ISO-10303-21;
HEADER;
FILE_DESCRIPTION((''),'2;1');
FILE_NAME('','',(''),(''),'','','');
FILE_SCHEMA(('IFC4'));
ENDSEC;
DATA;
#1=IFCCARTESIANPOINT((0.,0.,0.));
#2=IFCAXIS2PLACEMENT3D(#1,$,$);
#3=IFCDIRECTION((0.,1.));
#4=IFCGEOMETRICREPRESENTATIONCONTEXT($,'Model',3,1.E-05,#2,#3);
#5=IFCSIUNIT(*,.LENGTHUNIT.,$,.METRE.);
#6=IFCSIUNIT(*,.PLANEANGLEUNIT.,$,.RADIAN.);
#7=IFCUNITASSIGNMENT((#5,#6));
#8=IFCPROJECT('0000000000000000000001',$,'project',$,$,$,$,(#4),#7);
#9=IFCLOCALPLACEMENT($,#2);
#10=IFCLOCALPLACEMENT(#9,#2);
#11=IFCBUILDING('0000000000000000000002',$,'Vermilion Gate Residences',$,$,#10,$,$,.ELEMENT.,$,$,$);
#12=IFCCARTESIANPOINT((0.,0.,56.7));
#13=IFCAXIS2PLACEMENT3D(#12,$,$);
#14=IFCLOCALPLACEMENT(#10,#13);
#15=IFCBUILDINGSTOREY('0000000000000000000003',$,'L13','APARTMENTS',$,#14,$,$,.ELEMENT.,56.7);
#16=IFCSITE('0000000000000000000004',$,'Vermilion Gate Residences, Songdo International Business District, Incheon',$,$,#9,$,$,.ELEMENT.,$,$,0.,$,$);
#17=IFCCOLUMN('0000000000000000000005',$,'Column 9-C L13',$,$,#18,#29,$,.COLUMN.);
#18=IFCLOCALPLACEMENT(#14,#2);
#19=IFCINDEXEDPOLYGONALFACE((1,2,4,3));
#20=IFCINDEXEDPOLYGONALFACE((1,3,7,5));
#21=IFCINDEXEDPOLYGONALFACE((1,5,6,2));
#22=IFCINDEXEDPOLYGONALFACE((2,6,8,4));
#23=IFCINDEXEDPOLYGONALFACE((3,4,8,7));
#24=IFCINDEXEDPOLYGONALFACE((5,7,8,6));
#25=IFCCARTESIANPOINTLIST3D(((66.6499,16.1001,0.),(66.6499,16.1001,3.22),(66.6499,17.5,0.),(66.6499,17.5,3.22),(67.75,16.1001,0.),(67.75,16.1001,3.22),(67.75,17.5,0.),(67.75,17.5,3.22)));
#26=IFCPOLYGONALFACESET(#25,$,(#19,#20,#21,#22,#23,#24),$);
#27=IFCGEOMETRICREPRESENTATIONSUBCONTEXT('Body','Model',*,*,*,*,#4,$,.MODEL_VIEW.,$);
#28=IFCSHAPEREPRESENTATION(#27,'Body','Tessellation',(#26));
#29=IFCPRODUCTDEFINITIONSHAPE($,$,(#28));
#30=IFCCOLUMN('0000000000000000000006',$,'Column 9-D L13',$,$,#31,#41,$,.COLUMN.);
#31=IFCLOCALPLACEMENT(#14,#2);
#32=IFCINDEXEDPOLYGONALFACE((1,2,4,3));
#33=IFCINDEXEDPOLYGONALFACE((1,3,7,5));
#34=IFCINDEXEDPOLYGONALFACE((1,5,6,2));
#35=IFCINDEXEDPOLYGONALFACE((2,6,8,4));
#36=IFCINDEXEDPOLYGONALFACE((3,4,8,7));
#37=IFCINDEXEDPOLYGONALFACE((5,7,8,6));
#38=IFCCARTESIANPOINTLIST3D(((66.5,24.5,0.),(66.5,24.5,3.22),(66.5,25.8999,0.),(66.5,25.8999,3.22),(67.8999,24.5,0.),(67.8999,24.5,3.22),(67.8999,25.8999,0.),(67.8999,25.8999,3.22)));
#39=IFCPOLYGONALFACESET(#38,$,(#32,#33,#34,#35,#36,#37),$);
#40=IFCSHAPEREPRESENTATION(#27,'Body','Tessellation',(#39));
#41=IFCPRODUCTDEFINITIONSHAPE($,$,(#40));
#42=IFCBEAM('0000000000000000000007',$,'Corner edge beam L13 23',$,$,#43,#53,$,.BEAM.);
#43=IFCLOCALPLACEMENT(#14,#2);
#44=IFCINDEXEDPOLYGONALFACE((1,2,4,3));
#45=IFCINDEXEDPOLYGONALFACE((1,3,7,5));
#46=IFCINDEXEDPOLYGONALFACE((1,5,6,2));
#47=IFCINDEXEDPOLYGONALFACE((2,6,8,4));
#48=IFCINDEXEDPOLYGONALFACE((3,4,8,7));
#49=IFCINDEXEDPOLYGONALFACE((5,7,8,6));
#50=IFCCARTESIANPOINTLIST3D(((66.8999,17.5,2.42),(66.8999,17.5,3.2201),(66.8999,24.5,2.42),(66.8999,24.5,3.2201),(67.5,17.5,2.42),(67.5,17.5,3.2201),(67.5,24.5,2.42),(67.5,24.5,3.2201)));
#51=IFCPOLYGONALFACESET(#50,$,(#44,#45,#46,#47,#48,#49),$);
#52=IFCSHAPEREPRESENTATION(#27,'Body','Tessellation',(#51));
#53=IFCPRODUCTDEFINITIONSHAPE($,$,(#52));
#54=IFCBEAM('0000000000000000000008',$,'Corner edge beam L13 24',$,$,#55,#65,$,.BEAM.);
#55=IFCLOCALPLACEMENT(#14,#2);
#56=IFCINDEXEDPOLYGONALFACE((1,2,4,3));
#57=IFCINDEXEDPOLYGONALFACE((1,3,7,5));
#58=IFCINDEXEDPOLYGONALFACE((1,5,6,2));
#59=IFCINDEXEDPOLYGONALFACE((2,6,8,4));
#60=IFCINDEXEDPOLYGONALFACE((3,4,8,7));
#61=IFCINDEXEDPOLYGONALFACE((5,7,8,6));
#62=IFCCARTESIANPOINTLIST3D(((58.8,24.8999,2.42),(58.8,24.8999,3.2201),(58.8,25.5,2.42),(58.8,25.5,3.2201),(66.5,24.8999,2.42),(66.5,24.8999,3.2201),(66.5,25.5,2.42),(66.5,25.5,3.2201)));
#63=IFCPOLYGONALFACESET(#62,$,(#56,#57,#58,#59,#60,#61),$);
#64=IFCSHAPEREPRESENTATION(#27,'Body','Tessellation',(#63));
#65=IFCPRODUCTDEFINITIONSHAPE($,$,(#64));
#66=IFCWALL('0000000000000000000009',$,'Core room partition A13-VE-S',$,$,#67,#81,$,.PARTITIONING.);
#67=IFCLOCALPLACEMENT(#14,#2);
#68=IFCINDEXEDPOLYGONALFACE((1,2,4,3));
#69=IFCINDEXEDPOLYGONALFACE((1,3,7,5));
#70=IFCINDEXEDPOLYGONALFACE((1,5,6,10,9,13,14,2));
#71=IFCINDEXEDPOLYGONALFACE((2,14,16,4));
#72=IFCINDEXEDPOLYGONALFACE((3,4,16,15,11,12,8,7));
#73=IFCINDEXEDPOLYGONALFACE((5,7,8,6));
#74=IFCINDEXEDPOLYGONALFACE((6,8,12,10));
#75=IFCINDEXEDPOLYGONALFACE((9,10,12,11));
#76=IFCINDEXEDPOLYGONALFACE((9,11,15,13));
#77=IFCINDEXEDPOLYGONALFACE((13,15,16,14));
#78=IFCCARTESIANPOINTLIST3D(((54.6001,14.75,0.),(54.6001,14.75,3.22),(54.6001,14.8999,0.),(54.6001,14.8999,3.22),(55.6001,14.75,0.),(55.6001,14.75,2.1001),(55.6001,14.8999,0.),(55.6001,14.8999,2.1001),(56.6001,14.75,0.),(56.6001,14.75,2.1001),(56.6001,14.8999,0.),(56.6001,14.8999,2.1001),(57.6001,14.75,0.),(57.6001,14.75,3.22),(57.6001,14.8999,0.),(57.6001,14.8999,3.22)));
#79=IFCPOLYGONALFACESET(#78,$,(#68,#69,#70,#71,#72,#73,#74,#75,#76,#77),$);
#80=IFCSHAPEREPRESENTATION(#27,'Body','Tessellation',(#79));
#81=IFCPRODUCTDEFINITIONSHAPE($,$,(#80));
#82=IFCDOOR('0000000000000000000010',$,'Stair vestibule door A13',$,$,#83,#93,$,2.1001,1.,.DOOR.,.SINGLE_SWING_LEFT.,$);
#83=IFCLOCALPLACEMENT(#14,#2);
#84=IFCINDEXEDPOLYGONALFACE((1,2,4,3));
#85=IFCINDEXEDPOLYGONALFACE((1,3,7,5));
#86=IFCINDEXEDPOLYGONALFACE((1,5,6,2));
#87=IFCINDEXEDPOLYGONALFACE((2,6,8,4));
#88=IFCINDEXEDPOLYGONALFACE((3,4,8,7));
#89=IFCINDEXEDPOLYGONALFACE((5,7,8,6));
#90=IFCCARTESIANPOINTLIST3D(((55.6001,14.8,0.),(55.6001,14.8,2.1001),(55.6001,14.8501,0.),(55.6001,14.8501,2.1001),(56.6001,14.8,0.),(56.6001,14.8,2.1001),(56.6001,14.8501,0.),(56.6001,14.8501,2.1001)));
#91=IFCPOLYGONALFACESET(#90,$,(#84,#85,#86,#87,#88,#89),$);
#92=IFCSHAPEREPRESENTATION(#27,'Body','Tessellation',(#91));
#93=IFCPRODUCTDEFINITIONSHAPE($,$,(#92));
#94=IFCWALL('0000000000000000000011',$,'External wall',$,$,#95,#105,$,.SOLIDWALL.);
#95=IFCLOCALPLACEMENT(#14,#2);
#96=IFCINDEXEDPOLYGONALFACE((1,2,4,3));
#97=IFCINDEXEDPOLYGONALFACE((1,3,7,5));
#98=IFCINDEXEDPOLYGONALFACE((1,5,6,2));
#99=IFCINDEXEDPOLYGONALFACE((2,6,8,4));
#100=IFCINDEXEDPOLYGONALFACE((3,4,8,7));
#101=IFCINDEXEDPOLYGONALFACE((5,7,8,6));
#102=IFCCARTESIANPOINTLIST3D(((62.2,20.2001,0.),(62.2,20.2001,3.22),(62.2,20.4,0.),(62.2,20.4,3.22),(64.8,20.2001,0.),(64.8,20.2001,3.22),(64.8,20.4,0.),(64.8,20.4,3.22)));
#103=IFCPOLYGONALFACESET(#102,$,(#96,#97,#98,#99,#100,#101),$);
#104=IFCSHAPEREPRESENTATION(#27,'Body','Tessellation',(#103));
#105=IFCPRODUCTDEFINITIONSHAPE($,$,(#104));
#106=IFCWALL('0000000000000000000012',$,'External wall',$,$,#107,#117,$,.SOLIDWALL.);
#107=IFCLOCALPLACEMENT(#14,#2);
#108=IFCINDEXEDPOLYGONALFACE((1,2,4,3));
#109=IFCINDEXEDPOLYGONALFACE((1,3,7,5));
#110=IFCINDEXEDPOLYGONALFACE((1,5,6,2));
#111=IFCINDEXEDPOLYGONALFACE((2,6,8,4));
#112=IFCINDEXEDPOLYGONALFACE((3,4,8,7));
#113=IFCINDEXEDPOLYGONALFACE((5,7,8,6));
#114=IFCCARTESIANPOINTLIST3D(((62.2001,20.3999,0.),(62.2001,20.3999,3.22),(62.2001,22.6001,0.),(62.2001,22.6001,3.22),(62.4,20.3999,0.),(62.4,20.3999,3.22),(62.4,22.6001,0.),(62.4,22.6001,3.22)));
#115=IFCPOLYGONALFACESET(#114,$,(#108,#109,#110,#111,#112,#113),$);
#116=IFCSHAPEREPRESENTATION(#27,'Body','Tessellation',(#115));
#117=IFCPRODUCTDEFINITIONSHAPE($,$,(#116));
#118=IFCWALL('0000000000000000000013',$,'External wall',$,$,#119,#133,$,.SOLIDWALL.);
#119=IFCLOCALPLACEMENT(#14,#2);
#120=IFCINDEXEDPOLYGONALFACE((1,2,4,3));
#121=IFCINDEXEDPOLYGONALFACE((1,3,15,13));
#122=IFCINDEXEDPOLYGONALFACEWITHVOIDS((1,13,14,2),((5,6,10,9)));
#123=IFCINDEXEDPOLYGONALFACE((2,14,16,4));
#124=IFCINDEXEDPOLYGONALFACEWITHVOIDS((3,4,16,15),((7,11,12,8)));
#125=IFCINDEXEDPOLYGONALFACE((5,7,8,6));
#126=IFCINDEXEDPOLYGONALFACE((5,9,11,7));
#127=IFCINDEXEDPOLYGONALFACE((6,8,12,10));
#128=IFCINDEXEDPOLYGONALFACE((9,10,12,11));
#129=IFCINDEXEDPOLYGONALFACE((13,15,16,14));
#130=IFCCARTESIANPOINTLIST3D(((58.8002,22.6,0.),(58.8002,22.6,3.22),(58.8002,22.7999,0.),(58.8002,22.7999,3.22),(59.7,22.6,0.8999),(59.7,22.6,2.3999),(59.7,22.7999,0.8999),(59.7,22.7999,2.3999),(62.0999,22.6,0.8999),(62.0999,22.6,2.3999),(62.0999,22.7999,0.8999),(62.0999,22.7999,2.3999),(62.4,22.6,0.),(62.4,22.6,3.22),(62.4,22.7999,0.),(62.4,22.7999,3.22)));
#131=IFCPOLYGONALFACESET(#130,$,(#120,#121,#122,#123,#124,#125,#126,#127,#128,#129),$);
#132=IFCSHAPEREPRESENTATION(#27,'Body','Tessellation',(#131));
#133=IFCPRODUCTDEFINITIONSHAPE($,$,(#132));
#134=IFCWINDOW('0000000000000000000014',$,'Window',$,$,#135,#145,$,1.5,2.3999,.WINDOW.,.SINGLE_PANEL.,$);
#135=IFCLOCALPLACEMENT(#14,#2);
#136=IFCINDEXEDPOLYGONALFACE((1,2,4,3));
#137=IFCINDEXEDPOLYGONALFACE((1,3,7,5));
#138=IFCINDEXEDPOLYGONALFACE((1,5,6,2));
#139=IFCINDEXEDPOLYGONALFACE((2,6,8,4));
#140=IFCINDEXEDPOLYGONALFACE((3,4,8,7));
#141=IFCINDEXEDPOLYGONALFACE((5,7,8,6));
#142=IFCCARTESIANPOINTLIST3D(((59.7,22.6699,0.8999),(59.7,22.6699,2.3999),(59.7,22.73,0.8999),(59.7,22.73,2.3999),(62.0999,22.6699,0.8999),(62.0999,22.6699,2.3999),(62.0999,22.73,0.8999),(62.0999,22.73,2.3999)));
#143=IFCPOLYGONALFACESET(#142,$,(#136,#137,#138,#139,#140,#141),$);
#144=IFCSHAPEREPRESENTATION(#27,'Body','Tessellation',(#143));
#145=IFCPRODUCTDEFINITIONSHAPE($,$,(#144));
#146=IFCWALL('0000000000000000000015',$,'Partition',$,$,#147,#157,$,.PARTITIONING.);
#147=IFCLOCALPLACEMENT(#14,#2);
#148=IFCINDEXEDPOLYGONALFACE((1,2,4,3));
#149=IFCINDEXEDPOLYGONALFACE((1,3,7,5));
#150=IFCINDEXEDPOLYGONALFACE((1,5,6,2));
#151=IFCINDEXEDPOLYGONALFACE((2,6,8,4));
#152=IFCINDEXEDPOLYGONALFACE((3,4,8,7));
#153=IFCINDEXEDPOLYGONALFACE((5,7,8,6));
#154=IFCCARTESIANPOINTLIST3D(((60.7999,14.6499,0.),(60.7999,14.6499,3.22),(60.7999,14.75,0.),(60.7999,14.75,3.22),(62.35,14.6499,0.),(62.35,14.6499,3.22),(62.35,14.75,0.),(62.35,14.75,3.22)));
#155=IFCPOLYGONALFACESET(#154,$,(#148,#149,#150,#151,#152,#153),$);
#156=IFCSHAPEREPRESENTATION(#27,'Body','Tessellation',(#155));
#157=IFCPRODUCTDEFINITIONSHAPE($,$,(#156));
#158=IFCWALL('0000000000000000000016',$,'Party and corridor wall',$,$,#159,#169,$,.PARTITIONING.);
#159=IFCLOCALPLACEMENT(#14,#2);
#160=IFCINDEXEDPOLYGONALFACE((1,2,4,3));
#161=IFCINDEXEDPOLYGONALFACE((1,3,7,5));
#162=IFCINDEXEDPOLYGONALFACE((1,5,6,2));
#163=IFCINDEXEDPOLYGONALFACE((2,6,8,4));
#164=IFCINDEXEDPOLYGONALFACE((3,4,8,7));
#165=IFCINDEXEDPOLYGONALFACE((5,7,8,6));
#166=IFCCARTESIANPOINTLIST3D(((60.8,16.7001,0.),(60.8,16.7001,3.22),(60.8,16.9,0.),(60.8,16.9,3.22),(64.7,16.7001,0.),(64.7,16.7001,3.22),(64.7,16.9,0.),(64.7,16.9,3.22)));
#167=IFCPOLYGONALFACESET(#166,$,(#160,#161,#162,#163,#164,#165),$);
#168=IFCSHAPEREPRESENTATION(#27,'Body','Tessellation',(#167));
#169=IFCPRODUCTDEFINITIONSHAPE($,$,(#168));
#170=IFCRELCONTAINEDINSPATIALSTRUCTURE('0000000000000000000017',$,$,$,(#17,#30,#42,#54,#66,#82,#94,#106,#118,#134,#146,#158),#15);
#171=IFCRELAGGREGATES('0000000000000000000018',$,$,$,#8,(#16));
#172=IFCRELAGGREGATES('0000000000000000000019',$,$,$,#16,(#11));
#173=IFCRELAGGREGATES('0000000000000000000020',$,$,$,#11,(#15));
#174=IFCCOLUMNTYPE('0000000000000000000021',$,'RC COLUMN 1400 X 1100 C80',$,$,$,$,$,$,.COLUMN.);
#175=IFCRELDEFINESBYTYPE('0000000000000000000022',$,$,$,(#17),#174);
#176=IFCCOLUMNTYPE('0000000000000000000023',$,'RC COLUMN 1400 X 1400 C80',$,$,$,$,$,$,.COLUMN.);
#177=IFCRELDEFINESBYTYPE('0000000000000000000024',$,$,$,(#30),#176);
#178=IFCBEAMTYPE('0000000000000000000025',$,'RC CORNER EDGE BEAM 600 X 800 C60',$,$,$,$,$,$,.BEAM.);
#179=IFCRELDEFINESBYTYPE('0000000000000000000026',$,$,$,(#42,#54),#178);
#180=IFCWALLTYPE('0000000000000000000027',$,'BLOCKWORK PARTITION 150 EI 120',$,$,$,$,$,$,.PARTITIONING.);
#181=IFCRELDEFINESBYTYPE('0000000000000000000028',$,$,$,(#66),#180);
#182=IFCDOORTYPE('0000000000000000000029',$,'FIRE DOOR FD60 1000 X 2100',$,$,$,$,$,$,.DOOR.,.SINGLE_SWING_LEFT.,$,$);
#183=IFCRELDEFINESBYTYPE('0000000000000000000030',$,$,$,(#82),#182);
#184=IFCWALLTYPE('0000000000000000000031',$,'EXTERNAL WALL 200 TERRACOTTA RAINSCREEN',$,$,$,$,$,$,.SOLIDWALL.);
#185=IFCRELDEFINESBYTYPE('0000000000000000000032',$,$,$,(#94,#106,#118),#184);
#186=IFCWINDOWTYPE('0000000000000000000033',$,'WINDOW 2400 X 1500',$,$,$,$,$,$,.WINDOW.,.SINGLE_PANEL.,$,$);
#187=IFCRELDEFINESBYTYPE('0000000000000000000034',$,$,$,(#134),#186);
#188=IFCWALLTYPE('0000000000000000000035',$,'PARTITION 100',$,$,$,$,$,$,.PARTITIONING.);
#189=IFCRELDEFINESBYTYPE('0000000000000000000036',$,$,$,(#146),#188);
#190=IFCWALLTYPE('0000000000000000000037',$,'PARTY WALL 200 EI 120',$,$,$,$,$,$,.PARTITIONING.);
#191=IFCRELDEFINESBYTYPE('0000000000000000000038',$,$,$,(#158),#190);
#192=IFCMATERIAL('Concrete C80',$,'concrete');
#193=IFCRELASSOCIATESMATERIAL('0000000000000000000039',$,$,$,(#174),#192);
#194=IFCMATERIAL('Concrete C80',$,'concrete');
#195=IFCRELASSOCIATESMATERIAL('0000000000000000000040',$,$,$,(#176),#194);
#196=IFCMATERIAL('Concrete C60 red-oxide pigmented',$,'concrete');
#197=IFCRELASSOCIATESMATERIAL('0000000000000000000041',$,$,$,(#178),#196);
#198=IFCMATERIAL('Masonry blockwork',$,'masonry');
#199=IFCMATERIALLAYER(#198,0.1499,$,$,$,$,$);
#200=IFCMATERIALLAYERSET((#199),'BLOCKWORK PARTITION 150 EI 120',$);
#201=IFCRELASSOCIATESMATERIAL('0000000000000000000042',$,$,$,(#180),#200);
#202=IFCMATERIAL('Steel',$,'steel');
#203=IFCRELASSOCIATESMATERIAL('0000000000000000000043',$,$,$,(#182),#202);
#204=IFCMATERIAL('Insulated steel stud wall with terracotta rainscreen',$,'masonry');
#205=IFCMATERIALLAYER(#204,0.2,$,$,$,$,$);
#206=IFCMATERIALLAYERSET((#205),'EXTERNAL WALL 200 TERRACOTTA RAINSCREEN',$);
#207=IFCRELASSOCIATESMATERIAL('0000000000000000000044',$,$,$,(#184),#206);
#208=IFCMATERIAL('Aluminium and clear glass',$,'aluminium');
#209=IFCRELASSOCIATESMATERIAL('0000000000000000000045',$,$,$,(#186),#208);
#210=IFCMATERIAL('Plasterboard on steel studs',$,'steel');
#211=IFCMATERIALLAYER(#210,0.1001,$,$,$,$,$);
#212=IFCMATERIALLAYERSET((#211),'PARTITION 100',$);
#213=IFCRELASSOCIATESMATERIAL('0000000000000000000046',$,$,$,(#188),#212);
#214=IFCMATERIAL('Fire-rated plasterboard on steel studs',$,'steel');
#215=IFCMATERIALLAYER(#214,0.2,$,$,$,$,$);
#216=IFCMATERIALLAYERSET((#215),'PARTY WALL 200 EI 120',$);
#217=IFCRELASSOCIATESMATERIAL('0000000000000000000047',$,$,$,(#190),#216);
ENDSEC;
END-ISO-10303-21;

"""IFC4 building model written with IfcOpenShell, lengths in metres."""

from ifc_helpers import new_model, si_unit, direction, frame, frame_2d, origin, origin_2d, place, context, subcontext, project, spatial, rectangle, extrude, material, layer, layer_set, material_profile, profile_set, type_object, element, fill, save


model = new_model("IFC4")

# Units and contexts
model_context = context("Model", 3, precision=1e-05, world=origin(), true_north=direction((0.0, 1.0)))
body_context = subcontext(model_context, "Body", "Model", "MODEL_VIEW")
ifc_project = project(units=[si_unit("LENGTHUNIT", "METRE"), si_unit("PLANEANGLEUNIT", "RADIAN")], contexts=[model_context])

# Site, building, storey
site_placement = place(None, origin())
site = spatial("IfcSite", under=ifc_project, at=site_placement, Name="Vermilion Gate Residences, Songdo International Business District, Incheon", CompositionType="ELEMENT", RefElevation=0.0)
building_placement = place(site_placement, origin())
building = spatial("IfcBuilding", under=site, at=building_placement, Name="Vermilion Gate Residences", CompositionType="ELEMENT")
storey_placement = place(building_placement, frame((0.0, 0.0, 56.7)))
storey = spatial("IfcBuildingStorey", under=building, at=storey_placement, Name="L13", Description="APARTMENTS", CompositionType="ELEMENT", Elevation=56.7)

# Columns
ifc_material_1 = material(Name="Concrete C80", Category="concrete")
ifc_material_profile_1 = material_profile(ifc_material_1, rectangle(XDim=1.3999, YDim=1.1001, at=origin_2d()), Name="RC-1400x1100")
ifc_profile_set_1 = profile_set([ifc_material_profile_1], Name="Concrete C80")
column_type_1 = type_object("IfcColumnType", Name="RC COLUMN 1400 X 1100 C80", PredefinedType="COLUMN", material=ifc_profile_set_1)
column_1_placement = place(storey_placement, frame((67.2, 16.8, 0.0), z_axis=(0.0, 0.0, 1.0), x_axis=(0.0, 1.0, 0.0)))
element("IfcColumn", 1, at=column_1_placement, inside=storey, type_object=column_type_1, Name="Column 9-C L13", PredefinedType="COLUMN", context=body_context, shape_type="SweptSolid", body=[
    extrude(rectangle(XDim=1.3999, YDim=1.1001, at=origin_2d()), origin(), (0.0, 0.0, 1.0), 3.22),
])
ifc_material_2 = material(Name="Concrete C80", Category="concrete")
ifc_material_profile_2 = material_profile(ifc_material_2, rectangle(XDim=1.3999, YDim=1.3999, at=origin_2d()), Name="RC-1400x1400")
ifc_profile_set_2 = profile_set([ifc_material_profile_2], Name="Concrete C80")
column_type_2 = type_object("IfcColumnType", Name="RC COLUMN 1400 X 1400 C80", PredefinedType="COLUMN", material=ifc_profile_set_2)
column_2_placement = place(storey_placement, frame((67.2, 25.2, 0.0), z_axis=(0.0, 0.0, 1.0), x_axis=(1.0, 0.0, 0.0)))
element("IfcColumn", 2, at=column_2_placement, inside=storey, type_object=column_type_2, Name="Column 9-D L13", PredefinedType="COLUMN", context=body_context, shape_type="SweptSolid", body=[
    extrude(rectangle(XDim=1.3999, YDim=1.3999, at=origin_2d()), origin(), (0.0, 0.0, 1.0), 3.22),
])

# Beams
ifc_material_3 = material(Name="Concrete C60 red-oxide pigmented", Category="concrete")
ifc_material_profile_3 = material_profile(ifc_material_3, rectangle(XDim=0.6001, YDim=0.8, at=origin_2d()), Name="RC-600x800")
ifc_profile_set_3 = profile_set([ifc_material_profile_3], Name="Concrete C60 red-oxide pigmented")
beam_type = type_object("IfcBeamType", Name="RC CORNER EDGE BEAM 600 X 800 C60", PredefinedType="BEAM", material=ifc_profile_set_3)
beam_1_placement = place(storey_placement, frame((67.2, 17.5, 2.8201), z_axis=(0.0, 1.0, 0.0), x_axis=(-1.0, 0.0, 0.0)))
element("IfcBeam", 3, at=beam_1_placement, inside=storey, type_object=beam_type, Name="Corner edge beam L13 23", PredefinedType="BEAM", context=body_context, shape_type="SweptSolid", body=[
    extrude(rectangle(XDim=0.6001, YDim=0.8, at=origin_2d()), origin(), (0.0, 0.0, 1.0), 7.0),
])
beam_2_placement = place(storey_placement, frame((58.8, 25.2, 2.8201), z_axis=(1.0, 0.0, 0.0), x_axis=(0.0, 1.0, 0.0)))
element("IfcBeam", 4, at=beam_2_placement, inside=storey, type_object=beam_type, Name="Corner edge beam L13 24", PredefinedType="BEAM", context=body_context, shape_type="SweptSolid", body=[
    extrude(rectangle(XDim=0.6001, YDim=0.8, at=origin_2d()), origin(), (0.0, 0.0, 1.0), 7.7),
])

# Wall, opening, door
ifc_material_4 = material(Name="Masonry blockwork", Category="masonry")
ifc_layer_1 = layer(ifc_material_4, 0.1499)
ifc_layer_set_1 = layer_set([ifc_layer_1], Name="BLOCKWORK PARTITION 150 EI 120")
wall_type_1 = type_object("IfcWallType", Name="BLOCKWORK PARTITION 150 EI 120", PredefinedType="PARTITIONING", material=ifc_layer_set_1)
wall_1_placement = place(storey_placement, frame((54.6001, 14.825, 0.0), z_axis=(0.0, 0.0, 1.0), x_axis=(1.0, 0.0, 0.0)))
wall_1 = element("IfcWall", 5, at=wall_1_placement, inside=storey, type_object=wall_type_1, Name="Core room partition A13-VE-S", PredefinedType="PARTITIONING", context=body_context, shape_type="SweptSolid", body=[
    extrude(rectangle(XDim=3.0, YDim=0.1499, at=frame_2d((1.5, 0.0))), origin(), (0.0, 0.0, 1.0), 3.22),
])
opening_1_placement = place(wall_1_placement, frame((1.0, 0.0, 0.0)))
opening_1 = element("IfcOpeningElement", 6, at=opening_1_placement, cuts=wall_1, PredefinedType="OPENING", context=body_context, shape_type="SweptSolid", body=[
    extrude(rectangle(XDim=1.0, YDim=2.1001, at=frame_2d((0.5, 1.05))), frame((0.0, 0.085, 0.0), z_axis=(0.0, -1.0, 0.0), x_axis=(1.0, 0.0, 0.0)), (0.0, 0.0, 1.0), 0.1699),
])
ifc_material_5 = material(Name="Steel", Category="steel")
door_type = type_object("IfcDoorType", Name="FIRE DOOR FD60 1000 X 2100", OperationType="SINGLE_SWING_LEFT", PredefinedType="DOOR", material=ifc_material_5)
door_1_placement = place(opening_1_placement, frame((1.0, 0.0, 0.0), z_axis=(0.0, 0.0, 1.0), x_axis=(-1.0, 0.0, 0.0)))
door_1 = element("IfcDoor", 7, at=door_1_placement, inside=storey, type_object=door_type, Name="Stair vestibule door A13", OperationType="SINGLE_SWING_LEFT", OverallHeight=2.1001, OverallWidth=1.0, PredefinedType="DOOR", context=body_context, shape_type="SweptSolid", body=[
    extrude(rectangle(XDim=1.0, YDim=2.1001, at=frame_2d((0.5, 1.05))), frame((0.0, 0.0249, 0.0), z_axis=(0.0, -1.0, 0.0), x_axis=(1.0, 0.0, 0.0)), (0.0, 0.0, 1.0), 0.05),
])
fill(opening_1, door_1)

# Walls
ifc_material_6 = material(Name="Insulated steel stud wall with terracotta rainscreen", Category="masonry")
ifc_layer_2 = layer(ifc_material_6, 0.2)
ifc_layer_set_2 = layer_set([ifc_layer_2], Name="EXTERNAL WALL 200 TERRACOTTA RAINSCREEN")
wall_type_2 = type_object("IfcWallType", Name="EXTERNAL WALL 200 TERRACOTTA RAINSCREEN", PredefinedType="SOLIDWALL", material=ifc_layer_set_2)
wall_2_placement = place(storey_placement, frame((64.8, 20.3, 0.0), z_axis=(0.0, 0.0, 1.0), x_axis=(-1.0, 0.0, 0.0)))
element("IfcWall", 8, at=wall_2_placement, inside=storey, type_object=wall_type_2, Name="External wall", PredefinedType="SOLIDWALL", context=body_context, shape_type="SweptSolid", body=[
    extrude(rectangle(XDim=2.6001, YDim=0.2, at=frame_2d((1.3, 0.0))), origin(), (0.0, 0.0, 1.0), 3.22),
])
wall_3_placement = place(storey_placement, frame((62.3, 20.3999, 0.0), z_axis=(0.0, 0.0, 1.0), x_axis=(0.0, 1.0, 0.0)))
element("IfcWall", 9, at=wall_3_placement, inside=storey, type_object=wall_type_2, Name="External wall", PredefinedType="SOLIDWALL", context=body_context, shape_type="SweptSolid", body=[
    extrude(rectangle(XDim=2.2002, YDim=0.2, at=frame_2d((1.1001, 0.0))), origin(), (0.0, 0.0, 1.0), 3.22),
])

# Wall, opening, window
wall_4_placement = place(storey_placement, frame((62.3999, 22.7, 0.0), z_axis=(0.0, 0.0, 1.0), x_axis=(-1.0, 0.0, 0.0)))
wall_4 = element("IfcWall", 10, at=wall_4_placement, inside=storey, type_object=wall_type_2, Name="External wall", PredefinedType="SOLIDWALL", context=body_context, shape_type="SweptSolid", body=[
    extrude(rectangle(XDim=3.5999, YDim=0.2, at=frame_2d((1.7998, 0.0))), origin(), (0.0, 0.0, 1.0), 3.22),
])
opening_2_placement = place(wall_4_placement, frame((0.3, 0.0, 0.8999)))
opening_2 = element("IfcOpeningElement", 11, at=opening_2_placement, cuts=wall_4, PredefinedType="OPENING", context=body_context, shape_type="SweptSolid", body=[
    extrude(rectangle(XDim=2.3999, YDim=1.5, at=frame_2d((1.2, 0.75))), frame((0.0, 0.1099, 0.0), z_axis=(0.0, -1.0, 0.0), x_axis=(1.0, 0.0, 0.0)), (0.0, 0.0, 1.0), 0.22),
])
ifc_material_7 = material(Name="Aluminium and clear glass", Category="aluminium")
window_type = type_object("IfcWindowType", Name="WINDOW 2400 X 1500", PartitioningType="SINGLE_PANEL", PredefinedType="WINDOW", material=ifc_material_7)
window_placement = place(opening_2_placement, origin())
window = element("IfcWindow", 12, at=window_placement, inside=storey, type_object=window_type, Name="Window", OverallHeight=1.5, OverallWidth=2.3999, PartitioningType="SINGLE_PANEL", PredefinedType="WINDOW", context=body_context, shape_type="SweptSolid", body=[
    extrude(rectangle(XDim=2.3999, YDim=1.5, at=frame_2d((1.2, 0.75))), frame((0.0, 0.03, 0.0), z_axis=(0.0, -1.0, 0.0), x_axis=(1.0, 0.0, 0.0)), (0.0, 0.0, 1.0), 0.0601),
])
fill(opening_2, window)

# Walls
ifc_material_8 = material(Name="Plasterboard on steel studs", Category="steel")
ifc_layer_3 = layer(ifc_material_8, 0.1001)
ifc_layer_set_3 = layer_set([ifc_layer_3], Name="PARTITION 100")
wall_type_3 = type_object("IfcWallType", Name="PARTITION 100", PredefinedType="PARTITIONING", material=ifc_layer_set_3)
wall_5_placement = place(storey_placement, frame((60.8, 14.7, 0.0), z_axis=(0.0, 0.0, 1.0), x_axis=(1.0, 0.0, 0.0)))
element("IfcWall", 13, at=wall_5_placement, inside=storey, type_object=wall_type_3, Name="Partition", PredefinedType="PARTITIONING", context=body_context, shape_type="SweptSolid", body=[
    extrude(rectangle(XDim=1.55, YDim=0.1001, at=frame_2d((0.7749, 0.0))), origin(), (0.0, 0.0, 1.0), 3.22),
])
ifc_material_9 = material(Name="Fire-rated plasterboard on steel studs", Category="steel")
ifc_layer_4 = layer(ifc_material_9, 0.2)
ifc_layer_set_4 = layer_set([ifc_layer_4], Name="PARTY WALL 200 EI 120")
wall_type_4 = type_object("IfcWallType", Name="PARTY WALL 200 EI 120", PredefinedType="PARTITIONING", material=ifc_layer_set_4)
wall_6_placement = place(storey_placement, frame((60.8, 16.8, 0.0), z_axis=(0.0, 0.0, 1.0), x_axis=(1.0, 0.0, 0.0)))
element("IfcWall", 14, at=wall_6_placement, inside=storey, type_object=wall_type_4, Name="Party and corridor wall", PredefinedType="PARTITIONING", context=body_context, shape_type="SweptSolid", body=[
    extrude(rectangle(XDim=3.8999, YDim=0.2, at=frame_2d((1.95, 0.0))), origin(), (0.0, 0.0, 1.0), 3.22),
])

save(model, "model.ifc")
